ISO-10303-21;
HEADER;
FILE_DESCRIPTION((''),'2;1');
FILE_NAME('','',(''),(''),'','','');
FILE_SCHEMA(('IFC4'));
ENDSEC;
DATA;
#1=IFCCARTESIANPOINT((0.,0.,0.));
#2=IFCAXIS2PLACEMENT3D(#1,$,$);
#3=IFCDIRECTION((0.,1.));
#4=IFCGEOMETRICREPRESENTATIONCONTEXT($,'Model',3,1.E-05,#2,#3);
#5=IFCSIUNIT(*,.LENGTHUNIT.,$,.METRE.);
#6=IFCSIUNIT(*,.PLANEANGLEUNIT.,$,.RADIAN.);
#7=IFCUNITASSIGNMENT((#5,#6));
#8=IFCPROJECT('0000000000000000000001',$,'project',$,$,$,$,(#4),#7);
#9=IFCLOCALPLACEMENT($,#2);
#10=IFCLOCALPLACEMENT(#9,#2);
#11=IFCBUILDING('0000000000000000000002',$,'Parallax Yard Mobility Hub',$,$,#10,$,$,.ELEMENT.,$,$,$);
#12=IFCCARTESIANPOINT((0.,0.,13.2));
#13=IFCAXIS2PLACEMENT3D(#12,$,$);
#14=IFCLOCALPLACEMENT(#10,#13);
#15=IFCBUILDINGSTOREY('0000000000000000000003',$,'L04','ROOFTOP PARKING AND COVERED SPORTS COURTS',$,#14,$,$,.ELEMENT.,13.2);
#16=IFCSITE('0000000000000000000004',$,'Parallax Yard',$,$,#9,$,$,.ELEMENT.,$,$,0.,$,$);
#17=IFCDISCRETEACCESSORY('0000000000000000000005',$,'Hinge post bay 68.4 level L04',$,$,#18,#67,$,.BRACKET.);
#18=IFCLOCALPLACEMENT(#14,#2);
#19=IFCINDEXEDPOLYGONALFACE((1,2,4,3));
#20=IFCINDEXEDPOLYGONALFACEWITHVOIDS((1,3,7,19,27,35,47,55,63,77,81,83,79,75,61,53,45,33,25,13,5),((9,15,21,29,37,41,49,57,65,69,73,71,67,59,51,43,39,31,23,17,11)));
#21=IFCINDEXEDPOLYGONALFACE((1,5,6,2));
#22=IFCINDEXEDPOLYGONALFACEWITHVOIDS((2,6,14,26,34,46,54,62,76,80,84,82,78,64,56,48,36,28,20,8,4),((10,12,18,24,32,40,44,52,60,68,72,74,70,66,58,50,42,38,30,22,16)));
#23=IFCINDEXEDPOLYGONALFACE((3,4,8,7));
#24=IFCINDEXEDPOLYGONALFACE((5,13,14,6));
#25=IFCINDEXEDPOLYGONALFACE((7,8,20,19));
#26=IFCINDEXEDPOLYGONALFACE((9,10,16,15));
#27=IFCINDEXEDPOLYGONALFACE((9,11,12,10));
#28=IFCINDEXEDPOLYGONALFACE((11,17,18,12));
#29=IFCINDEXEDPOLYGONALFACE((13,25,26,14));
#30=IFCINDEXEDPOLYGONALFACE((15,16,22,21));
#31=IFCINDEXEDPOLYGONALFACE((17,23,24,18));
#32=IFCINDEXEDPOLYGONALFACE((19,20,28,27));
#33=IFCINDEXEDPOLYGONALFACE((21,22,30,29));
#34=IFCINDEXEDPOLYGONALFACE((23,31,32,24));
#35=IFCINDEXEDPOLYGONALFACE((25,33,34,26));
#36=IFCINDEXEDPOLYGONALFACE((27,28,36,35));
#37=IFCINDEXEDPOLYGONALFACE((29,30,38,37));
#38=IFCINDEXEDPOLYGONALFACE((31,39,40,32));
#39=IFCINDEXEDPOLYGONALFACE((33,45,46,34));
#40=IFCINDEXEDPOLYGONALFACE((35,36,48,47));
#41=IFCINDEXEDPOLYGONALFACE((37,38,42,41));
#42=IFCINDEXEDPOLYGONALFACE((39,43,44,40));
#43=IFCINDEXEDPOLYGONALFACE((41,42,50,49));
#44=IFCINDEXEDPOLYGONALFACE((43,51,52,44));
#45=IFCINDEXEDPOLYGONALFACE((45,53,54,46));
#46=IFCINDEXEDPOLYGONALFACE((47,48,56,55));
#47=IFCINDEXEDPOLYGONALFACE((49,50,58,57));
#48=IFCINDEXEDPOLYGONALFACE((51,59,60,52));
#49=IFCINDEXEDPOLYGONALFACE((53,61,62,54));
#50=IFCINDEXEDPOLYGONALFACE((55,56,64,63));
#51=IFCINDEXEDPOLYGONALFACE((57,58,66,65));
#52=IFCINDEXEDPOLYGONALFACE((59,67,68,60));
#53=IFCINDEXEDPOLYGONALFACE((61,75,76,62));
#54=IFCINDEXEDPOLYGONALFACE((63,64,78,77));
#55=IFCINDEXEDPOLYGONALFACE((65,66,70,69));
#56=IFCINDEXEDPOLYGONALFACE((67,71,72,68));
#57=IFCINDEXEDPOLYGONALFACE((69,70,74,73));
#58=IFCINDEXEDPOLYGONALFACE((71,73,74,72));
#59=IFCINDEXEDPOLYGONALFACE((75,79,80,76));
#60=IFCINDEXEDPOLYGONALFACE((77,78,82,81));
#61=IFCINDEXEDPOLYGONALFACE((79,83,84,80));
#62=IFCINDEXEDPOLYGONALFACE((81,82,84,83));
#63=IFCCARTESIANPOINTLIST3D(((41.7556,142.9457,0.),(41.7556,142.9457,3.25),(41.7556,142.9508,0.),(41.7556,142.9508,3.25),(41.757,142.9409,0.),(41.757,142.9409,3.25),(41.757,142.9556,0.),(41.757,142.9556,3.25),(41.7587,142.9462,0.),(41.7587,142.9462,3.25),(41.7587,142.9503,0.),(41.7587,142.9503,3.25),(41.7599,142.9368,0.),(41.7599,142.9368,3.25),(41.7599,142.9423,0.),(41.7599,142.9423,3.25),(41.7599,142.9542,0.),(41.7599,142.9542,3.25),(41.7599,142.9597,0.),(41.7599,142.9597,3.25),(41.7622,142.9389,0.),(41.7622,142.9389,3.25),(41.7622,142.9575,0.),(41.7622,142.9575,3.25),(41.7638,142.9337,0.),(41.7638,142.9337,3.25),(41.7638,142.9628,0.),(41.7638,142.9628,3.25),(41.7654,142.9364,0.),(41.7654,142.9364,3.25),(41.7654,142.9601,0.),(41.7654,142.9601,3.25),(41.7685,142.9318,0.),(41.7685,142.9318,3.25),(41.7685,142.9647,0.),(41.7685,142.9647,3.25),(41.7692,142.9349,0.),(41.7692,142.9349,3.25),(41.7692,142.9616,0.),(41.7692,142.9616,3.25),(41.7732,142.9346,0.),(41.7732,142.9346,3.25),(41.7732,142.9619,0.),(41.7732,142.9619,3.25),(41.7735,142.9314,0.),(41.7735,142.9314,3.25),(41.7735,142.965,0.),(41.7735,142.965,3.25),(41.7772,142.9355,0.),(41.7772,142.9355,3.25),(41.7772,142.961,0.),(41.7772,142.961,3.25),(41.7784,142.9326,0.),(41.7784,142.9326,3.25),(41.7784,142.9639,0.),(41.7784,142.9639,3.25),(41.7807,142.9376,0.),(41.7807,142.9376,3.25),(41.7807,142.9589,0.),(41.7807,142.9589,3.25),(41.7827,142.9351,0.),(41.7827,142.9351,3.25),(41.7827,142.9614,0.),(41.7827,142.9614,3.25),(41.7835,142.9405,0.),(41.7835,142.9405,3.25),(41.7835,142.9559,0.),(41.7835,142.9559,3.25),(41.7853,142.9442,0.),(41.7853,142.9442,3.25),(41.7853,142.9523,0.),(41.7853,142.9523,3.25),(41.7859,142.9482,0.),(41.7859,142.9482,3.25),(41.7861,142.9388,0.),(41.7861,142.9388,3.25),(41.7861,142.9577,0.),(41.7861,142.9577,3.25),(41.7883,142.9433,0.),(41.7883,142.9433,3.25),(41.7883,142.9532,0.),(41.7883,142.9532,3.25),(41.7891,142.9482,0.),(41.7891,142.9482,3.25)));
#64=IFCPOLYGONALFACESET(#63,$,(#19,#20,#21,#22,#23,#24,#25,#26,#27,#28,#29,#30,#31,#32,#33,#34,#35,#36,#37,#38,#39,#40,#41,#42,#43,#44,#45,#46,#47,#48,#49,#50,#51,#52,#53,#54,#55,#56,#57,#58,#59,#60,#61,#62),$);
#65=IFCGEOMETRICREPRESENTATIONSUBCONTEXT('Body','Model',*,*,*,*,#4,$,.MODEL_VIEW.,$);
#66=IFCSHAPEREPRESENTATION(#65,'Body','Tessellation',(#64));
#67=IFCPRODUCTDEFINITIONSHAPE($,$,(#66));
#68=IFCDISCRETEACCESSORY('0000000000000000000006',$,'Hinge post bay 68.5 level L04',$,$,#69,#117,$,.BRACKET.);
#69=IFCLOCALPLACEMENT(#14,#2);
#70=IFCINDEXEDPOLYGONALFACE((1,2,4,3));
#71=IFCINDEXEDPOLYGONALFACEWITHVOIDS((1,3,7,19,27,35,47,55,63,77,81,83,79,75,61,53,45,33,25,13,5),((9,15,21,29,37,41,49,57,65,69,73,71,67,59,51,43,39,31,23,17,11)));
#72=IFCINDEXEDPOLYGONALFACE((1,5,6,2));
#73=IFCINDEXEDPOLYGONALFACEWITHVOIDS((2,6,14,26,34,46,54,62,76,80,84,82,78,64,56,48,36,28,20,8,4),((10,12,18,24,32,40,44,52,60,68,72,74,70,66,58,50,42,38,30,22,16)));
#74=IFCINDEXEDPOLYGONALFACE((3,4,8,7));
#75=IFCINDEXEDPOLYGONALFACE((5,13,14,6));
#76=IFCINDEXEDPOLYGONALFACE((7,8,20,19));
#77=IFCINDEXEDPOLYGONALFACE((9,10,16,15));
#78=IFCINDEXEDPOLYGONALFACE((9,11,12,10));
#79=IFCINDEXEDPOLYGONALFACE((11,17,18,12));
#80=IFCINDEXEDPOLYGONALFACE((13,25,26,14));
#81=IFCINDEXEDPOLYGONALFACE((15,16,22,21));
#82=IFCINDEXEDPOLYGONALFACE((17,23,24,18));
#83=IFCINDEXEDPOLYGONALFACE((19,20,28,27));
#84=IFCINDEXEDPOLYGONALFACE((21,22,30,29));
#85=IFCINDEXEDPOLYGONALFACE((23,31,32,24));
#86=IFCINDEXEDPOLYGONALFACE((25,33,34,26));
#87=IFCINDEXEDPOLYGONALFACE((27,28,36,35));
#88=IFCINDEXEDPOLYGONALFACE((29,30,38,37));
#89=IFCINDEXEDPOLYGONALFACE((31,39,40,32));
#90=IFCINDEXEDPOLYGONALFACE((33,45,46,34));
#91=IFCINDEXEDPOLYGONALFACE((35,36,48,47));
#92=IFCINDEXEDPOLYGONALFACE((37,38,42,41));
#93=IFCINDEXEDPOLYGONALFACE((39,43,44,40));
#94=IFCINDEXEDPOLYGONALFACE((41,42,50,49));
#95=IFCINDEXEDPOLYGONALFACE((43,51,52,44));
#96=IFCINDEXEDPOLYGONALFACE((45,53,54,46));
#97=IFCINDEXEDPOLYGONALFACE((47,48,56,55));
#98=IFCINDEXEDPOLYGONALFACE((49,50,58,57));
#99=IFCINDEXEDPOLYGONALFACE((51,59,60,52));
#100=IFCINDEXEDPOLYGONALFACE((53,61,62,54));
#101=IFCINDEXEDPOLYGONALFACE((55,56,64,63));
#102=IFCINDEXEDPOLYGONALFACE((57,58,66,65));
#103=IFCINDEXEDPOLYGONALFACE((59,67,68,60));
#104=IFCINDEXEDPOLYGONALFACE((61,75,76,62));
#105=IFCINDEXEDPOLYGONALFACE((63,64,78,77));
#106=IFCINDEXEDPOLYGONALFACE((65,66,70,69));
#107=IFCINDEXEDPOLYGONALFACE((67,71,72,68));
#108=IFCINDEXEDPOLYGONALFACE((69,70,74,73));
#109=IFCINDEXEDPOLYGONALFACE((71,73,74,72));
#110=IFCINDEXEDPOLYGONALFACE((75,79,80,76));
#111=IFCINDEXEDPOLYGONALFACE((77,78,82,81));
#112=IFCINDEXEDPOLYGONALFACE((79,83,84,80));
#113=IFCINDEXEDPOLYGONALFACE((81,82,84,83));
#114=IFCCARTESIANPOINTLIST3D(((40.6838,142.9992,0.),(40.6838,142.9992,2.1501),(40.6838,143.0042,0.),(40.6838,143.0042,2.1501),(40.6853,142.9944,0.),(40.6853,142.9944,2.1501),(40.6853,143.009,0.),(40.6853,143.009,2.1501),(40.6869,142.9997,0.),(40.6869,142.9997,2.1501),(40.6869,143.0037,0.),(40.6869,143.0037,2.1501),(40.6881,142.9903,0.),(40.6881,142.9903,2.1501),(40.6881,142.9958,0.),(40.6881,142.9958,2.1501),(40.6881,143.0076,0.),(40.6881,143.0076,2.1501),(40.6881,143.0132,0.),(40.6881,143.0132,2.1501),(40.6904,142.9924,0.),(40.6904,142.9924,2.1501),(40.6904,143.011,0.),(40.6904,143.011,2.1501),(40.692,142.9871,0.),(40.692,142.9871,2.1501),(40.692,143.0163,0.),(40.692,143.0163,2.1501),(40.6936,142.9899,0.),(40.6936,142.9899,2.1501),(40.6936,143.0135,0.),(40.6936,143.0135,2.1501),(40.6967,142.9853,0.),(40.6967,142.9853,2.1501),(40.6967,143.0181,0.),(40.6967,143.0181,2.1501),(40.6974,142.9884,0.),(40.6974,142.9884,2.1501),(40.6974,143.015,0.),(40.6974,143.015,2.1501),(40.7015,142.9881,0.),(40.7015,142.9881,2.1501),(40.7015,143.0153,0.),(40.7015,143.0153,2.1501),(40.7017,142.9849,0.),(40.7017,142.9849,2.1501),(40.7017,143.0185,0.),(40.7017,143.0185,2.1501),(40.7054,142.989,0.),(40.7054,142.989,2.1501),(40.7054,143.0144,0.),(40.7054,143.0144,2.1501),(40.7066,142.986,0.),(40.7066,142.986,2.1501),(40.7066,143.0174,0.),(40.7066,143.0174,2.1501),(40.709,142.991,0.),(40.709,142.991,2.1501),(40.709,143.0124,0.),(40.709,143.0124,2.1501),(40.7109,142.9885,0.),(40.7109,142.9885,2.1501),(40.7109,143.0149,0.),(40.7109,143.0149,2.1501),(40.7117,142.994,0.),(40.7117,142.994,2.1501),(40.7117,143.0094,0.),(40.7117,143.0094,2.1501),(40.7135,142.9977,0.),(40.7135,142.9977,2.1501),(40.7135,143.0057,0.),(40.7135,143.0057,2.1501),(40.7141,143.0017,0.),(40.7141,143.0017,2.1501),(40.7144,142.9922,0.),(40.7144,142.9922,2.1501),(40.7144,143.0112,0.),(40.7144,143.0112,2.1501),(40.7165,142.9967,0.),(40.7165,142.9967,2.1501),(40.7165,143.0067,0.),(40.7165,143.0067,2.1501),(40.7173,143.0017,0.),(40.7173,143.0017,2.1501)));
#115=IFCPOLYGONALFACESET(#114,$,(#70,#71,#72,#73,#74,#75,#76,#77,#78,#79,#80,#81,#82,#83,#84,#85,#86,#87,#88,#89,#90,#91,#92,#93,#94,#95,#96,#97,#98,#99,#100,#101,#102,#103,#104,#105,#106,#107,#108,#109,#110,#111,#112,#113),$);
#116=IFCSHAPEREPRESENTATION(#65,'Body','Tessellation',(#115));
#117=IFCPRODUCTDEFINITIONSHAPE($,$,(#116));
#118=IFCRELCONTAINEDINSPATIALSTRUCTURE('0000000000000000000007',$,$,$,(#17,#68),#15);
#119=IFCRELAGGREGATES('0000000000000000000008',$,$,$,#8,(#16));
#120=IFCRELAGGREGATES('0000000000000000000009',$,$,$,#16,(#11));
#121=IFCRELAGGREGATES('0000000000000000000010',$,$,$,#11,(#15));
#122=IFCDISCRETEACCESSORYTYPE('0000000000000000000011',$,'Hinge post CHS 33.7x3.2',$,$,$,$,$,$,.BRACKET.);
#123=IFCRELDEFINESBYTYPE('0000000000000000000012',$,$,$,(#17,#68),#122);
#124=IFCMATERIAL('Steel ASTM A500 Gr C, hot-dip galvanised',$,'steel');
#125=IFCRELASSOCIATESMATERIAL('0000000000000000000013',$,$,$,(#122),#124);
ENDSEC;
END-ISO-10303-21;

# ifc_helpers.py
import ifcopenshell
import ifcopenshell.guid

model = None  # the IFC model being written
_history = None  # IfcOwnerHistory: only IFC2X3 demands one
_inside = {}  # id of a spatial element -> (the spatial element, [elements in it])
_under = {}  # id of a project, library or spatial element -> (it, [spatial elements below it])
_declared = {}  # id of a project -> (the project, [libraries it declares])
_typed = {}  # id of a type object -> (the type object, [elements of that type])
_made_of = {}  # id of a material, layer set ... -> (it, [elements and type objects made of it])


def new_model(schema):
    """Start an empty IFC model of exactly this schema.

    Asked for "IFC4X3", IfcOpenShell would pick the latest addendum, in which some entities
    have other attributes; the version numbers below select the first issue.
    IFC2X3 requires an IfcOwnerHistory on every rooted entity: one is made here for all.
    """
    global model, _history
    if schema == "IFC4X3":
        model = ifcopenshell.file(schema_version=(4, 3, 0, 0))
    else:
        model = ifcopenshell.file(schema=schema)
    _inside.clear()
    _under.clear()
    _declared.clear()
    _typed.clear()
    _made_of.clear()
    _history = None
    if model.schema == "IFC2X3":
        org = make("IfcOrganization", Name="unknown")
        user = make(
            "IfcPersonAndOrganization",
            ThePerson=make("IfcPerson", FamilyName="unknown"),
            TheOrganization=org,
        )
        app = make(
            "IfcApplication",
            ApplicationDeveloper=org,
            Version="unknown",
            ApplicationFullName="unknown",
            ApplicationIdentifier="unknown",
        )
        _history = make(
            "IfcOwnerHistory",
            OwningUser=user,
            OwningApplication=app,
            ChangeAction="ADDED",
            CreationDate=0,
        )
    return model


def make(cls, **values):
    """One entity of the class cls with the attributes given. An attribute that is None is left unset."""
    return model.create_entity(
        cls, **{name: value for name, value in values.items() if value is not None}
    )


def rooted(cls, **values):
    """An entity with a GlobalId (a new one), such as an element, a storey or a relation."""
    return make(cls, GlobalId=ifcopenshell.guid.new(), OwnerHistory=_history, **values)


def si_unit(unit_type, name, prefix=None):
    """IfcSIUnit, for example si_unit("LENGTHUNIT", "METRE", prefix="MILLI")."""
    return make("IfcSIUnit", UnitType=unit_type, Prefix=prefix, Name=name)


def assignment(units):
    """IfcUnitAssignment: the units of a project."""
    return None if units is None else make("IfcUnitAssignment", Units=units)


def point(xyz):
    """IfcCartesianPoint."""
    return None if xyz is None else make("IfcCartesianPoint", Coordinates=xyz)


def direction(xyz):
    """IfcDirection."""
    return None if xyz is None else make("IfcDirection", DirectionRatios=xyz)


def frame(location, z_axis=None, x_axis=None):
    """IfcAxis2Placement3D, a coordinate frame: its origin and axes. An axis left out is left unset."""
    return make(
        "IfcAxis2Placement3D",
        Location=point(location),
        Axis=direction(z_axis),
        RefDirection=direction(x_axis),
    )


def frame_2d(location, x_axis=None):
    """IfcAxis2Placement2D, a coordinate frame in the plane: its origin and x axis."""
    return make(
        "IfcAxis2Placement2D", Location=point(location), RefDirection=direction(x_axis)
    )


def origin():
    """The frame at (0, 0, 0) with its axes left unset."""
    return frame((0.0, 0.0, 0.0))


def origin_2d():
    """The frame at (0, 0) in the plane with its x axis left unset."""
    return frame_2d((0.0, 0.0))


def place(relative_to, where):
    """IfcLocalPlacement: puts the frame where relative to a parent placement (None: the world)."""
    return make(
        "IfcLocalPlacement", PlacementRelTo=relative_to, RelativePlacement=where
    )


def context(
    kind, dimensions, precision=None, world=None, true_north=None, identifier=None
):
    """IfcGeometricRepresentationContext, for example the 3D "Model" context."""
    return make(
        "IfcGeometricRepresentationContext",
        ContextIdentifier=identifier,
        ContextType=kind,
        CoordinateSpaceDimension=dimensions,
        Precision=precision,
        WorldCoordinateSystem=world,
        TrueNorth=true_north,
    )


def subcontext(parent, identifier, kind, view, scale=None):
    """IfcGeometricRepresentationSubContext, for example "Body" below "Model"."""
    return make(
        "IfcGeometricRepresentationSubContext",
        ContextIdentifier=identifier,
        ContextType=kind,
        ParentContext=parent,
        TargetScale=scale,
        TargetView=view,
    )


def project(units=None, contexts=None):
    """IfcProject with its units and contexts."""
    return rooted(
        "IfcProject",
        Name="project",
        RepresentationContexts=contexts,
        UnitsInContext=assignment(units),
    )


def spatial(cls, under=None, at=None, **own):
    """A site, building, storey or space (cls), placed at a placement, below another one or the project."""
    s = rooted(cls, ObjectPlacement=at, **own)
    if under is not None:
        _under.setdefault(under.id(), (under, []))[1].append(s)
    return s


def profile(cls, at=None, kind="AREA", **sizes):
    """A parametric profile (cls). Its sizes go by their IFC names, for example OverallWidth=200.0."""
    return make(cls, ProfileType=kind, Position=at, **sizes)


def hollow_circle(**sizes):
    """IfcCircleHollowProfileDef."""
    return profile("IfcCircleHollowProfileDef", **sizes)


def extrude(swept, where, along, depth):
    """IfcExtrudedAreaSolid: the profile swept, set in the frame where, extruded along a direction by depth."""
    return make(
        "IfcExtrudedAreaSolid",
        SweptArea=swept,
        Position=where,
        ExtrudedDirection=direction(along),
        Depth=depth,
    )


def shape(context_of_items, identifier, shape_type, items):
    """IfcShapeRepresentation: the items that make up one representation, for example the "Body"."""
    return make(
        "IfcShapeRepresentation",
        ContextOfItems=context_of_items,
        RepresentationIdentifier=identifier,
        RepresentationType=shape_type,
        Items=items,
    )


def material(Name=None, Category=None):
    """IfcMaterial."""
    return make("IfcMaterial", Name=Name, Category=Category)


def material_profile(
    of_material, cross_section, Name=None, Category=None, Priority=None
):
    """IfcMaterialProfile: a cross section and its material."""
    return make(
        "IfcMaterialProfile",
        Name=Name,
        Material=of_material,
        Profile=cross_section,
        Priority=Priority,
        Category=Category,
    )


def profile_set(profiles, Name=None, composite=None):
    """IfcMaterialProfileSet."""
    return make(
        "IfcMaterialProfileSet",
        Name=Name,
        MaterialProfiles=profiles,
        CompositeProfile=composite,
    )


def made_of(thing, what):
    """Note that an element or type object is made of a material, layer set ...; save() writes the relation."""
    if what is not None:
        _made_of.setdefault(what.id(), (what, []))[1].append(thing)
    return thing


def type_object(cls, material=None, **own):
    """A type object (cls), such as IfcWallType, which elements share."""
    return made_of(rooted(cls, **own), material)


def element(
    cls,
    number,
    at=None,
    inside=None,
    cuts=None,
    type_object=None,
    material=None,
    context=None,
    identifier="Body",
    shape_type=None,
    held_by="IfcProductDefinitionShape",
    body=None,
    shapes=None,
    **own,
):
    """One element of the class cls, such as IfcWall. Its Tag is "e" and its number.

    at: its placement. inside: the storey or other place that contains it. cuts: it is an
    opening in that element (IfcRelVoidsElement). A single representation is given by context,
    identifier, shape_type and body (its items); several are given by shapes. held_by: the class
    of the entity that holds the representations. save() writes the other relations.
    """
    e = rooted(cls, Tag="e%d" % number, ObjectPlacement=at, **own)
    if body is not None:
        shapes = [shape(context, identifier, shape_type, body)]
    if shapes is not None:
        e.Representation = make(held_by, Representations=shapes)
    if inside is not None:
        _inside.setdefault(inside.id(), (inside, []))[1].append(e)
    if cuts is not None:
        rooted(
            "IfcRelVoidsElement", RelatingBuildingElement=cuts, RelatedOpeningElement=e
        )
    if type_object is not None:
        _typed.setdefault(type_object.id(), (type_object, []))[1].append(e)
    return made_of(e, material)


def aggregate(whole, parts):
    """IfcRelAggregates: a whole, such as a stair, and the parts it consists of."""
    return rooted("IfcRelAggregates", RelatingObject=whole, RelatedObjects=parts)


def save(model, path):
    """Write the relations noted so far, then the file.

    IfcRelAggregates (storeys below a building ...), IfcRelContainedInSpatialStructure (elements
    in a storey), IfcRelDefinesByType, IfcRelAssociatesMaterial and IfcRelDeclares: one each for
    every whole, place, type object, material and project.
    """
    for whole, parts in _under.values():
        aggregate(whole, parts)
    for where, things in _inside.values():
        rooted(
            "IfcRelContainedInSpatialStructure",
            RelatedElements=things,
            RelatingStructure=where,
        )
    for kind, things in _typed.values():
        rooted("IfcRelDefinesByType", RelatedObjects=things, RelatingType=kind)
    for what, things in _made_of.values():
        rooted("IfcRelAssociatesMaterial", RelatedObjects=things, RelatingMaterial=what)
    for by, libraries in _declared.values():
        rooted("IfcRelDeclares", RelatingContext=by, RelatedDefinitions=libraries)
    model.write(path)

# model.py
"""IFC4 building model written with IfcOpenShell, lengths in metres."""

from ifc_helpers import new_model, si_unit, direction, frame, origin, origin_2d, place, context, subcontext, project, spatial, hollow_circle, extrude, material, material_profile, profile_set, type_object, element, save


model = new_model("IFC4")

# Units and contexts
model_context = context("Model", 3, precision=1e-05, world=origin(), true_north=direction((0.0, 1.0)))
body_context = subcontext(model_context, "Body", "Model", "MODEL_VIEW")
ifc_project = project(units=[si_unit("LENGTHUNIT", "METRE"), si_unit("PLANEANGLEUNIT", "RADIAN")], contexts=[model_context])

# Site, building, storey
site_placement = place(None, origin())
site = spatial("IfcSite", under=ifc_project, at=site_placement, Name="Parallax Yard", CompositionType="ELEMENT", RefElevation=0.0)
building_placement = place(site_placement, origin())
building = spatial("IfcBuilding", under=site, at=building_placement, Name="Parallax Yard Mobility Hub", CompositionType="ELEMENT")
storey_placement = place(building_placement, frame((0.0, 0.0, 13.2)))
storey = spatial("IfcBuildingStorey", under=building, at=storey_placement, Name="L04", Description="ROOFTOP PARKING AND COVERED SPORTS COURTS", CompositionType="ELEMENT", Elevation=13.2)

# Discrete accessories
ifc_material_1 = material(Name="Steel ASTM A500 Gr C, hot-dip galvanised", Category="steel")
ifc_material_profile = material_profile(ifc_material_1, hollow_circle(Radius=0.0168, WallThickness=0.0032, at=origin_2d()), Name="CHS 33.7x3.2")
ifc_profile_set = profile_set([ifc_material_profile], Name="Steel ASTM A500 Gr C, hot-dip galvanised")
discrete_accessory_type = type_object("IfcDiscreteAccessoryType", Name="Hinge post CHS 33.7x3.2", PredefinedType="BRACKET", material=ifc_profile_set)
for number, where, z_axis, x_axis, name in (
    (1, (41.7722, 142.9482, 0.0), (0.0, 0.0, 1.0), (1.0, 0.0, 0.0), "Hinge post bay 68.4 level L04"),
):
    element("IfcDiscreteAccessory", number, at=place(storey_placement, frame(where, z_axis=z_axis, x_axis=x_axis)), inside=storey, type_object=discrete_accessory_type, Name=name, PredefinedType="BRACKET", context=body_context, shape_type="SweptSolid", body=[
        extrude(hollow_circle(Radius=0.0168, WallThickness=0.0032, at=origin_2d()), origin(), (0.0, 0.0, 1.0), 3.25),
    ])
discrete_accessory_1_placement = place(storey_placement, frame((40.7004, 143.0017, 0.0), z_axis=(0.0, 0.0, 1.0), x_axis=(1.0, 0.0, 0.0)))
element("IfcDiscreteAccessory", 2, at=discrete_accessory_1_placement, inside=storey, type_object=discrete_accessory_type, Name="Hinge post bay 68.5 level L04", PredefinedType="BRACKET", context=body_context, shape_type="SweptSolid", body=[
    extrude(hollow_circle(Radius=0.0168, WallThickness=0.0032, at=origin_2d()), origin(), (0.0, 0.0, 1.0), 2.1501),
])

save(model, "model.ifc")
